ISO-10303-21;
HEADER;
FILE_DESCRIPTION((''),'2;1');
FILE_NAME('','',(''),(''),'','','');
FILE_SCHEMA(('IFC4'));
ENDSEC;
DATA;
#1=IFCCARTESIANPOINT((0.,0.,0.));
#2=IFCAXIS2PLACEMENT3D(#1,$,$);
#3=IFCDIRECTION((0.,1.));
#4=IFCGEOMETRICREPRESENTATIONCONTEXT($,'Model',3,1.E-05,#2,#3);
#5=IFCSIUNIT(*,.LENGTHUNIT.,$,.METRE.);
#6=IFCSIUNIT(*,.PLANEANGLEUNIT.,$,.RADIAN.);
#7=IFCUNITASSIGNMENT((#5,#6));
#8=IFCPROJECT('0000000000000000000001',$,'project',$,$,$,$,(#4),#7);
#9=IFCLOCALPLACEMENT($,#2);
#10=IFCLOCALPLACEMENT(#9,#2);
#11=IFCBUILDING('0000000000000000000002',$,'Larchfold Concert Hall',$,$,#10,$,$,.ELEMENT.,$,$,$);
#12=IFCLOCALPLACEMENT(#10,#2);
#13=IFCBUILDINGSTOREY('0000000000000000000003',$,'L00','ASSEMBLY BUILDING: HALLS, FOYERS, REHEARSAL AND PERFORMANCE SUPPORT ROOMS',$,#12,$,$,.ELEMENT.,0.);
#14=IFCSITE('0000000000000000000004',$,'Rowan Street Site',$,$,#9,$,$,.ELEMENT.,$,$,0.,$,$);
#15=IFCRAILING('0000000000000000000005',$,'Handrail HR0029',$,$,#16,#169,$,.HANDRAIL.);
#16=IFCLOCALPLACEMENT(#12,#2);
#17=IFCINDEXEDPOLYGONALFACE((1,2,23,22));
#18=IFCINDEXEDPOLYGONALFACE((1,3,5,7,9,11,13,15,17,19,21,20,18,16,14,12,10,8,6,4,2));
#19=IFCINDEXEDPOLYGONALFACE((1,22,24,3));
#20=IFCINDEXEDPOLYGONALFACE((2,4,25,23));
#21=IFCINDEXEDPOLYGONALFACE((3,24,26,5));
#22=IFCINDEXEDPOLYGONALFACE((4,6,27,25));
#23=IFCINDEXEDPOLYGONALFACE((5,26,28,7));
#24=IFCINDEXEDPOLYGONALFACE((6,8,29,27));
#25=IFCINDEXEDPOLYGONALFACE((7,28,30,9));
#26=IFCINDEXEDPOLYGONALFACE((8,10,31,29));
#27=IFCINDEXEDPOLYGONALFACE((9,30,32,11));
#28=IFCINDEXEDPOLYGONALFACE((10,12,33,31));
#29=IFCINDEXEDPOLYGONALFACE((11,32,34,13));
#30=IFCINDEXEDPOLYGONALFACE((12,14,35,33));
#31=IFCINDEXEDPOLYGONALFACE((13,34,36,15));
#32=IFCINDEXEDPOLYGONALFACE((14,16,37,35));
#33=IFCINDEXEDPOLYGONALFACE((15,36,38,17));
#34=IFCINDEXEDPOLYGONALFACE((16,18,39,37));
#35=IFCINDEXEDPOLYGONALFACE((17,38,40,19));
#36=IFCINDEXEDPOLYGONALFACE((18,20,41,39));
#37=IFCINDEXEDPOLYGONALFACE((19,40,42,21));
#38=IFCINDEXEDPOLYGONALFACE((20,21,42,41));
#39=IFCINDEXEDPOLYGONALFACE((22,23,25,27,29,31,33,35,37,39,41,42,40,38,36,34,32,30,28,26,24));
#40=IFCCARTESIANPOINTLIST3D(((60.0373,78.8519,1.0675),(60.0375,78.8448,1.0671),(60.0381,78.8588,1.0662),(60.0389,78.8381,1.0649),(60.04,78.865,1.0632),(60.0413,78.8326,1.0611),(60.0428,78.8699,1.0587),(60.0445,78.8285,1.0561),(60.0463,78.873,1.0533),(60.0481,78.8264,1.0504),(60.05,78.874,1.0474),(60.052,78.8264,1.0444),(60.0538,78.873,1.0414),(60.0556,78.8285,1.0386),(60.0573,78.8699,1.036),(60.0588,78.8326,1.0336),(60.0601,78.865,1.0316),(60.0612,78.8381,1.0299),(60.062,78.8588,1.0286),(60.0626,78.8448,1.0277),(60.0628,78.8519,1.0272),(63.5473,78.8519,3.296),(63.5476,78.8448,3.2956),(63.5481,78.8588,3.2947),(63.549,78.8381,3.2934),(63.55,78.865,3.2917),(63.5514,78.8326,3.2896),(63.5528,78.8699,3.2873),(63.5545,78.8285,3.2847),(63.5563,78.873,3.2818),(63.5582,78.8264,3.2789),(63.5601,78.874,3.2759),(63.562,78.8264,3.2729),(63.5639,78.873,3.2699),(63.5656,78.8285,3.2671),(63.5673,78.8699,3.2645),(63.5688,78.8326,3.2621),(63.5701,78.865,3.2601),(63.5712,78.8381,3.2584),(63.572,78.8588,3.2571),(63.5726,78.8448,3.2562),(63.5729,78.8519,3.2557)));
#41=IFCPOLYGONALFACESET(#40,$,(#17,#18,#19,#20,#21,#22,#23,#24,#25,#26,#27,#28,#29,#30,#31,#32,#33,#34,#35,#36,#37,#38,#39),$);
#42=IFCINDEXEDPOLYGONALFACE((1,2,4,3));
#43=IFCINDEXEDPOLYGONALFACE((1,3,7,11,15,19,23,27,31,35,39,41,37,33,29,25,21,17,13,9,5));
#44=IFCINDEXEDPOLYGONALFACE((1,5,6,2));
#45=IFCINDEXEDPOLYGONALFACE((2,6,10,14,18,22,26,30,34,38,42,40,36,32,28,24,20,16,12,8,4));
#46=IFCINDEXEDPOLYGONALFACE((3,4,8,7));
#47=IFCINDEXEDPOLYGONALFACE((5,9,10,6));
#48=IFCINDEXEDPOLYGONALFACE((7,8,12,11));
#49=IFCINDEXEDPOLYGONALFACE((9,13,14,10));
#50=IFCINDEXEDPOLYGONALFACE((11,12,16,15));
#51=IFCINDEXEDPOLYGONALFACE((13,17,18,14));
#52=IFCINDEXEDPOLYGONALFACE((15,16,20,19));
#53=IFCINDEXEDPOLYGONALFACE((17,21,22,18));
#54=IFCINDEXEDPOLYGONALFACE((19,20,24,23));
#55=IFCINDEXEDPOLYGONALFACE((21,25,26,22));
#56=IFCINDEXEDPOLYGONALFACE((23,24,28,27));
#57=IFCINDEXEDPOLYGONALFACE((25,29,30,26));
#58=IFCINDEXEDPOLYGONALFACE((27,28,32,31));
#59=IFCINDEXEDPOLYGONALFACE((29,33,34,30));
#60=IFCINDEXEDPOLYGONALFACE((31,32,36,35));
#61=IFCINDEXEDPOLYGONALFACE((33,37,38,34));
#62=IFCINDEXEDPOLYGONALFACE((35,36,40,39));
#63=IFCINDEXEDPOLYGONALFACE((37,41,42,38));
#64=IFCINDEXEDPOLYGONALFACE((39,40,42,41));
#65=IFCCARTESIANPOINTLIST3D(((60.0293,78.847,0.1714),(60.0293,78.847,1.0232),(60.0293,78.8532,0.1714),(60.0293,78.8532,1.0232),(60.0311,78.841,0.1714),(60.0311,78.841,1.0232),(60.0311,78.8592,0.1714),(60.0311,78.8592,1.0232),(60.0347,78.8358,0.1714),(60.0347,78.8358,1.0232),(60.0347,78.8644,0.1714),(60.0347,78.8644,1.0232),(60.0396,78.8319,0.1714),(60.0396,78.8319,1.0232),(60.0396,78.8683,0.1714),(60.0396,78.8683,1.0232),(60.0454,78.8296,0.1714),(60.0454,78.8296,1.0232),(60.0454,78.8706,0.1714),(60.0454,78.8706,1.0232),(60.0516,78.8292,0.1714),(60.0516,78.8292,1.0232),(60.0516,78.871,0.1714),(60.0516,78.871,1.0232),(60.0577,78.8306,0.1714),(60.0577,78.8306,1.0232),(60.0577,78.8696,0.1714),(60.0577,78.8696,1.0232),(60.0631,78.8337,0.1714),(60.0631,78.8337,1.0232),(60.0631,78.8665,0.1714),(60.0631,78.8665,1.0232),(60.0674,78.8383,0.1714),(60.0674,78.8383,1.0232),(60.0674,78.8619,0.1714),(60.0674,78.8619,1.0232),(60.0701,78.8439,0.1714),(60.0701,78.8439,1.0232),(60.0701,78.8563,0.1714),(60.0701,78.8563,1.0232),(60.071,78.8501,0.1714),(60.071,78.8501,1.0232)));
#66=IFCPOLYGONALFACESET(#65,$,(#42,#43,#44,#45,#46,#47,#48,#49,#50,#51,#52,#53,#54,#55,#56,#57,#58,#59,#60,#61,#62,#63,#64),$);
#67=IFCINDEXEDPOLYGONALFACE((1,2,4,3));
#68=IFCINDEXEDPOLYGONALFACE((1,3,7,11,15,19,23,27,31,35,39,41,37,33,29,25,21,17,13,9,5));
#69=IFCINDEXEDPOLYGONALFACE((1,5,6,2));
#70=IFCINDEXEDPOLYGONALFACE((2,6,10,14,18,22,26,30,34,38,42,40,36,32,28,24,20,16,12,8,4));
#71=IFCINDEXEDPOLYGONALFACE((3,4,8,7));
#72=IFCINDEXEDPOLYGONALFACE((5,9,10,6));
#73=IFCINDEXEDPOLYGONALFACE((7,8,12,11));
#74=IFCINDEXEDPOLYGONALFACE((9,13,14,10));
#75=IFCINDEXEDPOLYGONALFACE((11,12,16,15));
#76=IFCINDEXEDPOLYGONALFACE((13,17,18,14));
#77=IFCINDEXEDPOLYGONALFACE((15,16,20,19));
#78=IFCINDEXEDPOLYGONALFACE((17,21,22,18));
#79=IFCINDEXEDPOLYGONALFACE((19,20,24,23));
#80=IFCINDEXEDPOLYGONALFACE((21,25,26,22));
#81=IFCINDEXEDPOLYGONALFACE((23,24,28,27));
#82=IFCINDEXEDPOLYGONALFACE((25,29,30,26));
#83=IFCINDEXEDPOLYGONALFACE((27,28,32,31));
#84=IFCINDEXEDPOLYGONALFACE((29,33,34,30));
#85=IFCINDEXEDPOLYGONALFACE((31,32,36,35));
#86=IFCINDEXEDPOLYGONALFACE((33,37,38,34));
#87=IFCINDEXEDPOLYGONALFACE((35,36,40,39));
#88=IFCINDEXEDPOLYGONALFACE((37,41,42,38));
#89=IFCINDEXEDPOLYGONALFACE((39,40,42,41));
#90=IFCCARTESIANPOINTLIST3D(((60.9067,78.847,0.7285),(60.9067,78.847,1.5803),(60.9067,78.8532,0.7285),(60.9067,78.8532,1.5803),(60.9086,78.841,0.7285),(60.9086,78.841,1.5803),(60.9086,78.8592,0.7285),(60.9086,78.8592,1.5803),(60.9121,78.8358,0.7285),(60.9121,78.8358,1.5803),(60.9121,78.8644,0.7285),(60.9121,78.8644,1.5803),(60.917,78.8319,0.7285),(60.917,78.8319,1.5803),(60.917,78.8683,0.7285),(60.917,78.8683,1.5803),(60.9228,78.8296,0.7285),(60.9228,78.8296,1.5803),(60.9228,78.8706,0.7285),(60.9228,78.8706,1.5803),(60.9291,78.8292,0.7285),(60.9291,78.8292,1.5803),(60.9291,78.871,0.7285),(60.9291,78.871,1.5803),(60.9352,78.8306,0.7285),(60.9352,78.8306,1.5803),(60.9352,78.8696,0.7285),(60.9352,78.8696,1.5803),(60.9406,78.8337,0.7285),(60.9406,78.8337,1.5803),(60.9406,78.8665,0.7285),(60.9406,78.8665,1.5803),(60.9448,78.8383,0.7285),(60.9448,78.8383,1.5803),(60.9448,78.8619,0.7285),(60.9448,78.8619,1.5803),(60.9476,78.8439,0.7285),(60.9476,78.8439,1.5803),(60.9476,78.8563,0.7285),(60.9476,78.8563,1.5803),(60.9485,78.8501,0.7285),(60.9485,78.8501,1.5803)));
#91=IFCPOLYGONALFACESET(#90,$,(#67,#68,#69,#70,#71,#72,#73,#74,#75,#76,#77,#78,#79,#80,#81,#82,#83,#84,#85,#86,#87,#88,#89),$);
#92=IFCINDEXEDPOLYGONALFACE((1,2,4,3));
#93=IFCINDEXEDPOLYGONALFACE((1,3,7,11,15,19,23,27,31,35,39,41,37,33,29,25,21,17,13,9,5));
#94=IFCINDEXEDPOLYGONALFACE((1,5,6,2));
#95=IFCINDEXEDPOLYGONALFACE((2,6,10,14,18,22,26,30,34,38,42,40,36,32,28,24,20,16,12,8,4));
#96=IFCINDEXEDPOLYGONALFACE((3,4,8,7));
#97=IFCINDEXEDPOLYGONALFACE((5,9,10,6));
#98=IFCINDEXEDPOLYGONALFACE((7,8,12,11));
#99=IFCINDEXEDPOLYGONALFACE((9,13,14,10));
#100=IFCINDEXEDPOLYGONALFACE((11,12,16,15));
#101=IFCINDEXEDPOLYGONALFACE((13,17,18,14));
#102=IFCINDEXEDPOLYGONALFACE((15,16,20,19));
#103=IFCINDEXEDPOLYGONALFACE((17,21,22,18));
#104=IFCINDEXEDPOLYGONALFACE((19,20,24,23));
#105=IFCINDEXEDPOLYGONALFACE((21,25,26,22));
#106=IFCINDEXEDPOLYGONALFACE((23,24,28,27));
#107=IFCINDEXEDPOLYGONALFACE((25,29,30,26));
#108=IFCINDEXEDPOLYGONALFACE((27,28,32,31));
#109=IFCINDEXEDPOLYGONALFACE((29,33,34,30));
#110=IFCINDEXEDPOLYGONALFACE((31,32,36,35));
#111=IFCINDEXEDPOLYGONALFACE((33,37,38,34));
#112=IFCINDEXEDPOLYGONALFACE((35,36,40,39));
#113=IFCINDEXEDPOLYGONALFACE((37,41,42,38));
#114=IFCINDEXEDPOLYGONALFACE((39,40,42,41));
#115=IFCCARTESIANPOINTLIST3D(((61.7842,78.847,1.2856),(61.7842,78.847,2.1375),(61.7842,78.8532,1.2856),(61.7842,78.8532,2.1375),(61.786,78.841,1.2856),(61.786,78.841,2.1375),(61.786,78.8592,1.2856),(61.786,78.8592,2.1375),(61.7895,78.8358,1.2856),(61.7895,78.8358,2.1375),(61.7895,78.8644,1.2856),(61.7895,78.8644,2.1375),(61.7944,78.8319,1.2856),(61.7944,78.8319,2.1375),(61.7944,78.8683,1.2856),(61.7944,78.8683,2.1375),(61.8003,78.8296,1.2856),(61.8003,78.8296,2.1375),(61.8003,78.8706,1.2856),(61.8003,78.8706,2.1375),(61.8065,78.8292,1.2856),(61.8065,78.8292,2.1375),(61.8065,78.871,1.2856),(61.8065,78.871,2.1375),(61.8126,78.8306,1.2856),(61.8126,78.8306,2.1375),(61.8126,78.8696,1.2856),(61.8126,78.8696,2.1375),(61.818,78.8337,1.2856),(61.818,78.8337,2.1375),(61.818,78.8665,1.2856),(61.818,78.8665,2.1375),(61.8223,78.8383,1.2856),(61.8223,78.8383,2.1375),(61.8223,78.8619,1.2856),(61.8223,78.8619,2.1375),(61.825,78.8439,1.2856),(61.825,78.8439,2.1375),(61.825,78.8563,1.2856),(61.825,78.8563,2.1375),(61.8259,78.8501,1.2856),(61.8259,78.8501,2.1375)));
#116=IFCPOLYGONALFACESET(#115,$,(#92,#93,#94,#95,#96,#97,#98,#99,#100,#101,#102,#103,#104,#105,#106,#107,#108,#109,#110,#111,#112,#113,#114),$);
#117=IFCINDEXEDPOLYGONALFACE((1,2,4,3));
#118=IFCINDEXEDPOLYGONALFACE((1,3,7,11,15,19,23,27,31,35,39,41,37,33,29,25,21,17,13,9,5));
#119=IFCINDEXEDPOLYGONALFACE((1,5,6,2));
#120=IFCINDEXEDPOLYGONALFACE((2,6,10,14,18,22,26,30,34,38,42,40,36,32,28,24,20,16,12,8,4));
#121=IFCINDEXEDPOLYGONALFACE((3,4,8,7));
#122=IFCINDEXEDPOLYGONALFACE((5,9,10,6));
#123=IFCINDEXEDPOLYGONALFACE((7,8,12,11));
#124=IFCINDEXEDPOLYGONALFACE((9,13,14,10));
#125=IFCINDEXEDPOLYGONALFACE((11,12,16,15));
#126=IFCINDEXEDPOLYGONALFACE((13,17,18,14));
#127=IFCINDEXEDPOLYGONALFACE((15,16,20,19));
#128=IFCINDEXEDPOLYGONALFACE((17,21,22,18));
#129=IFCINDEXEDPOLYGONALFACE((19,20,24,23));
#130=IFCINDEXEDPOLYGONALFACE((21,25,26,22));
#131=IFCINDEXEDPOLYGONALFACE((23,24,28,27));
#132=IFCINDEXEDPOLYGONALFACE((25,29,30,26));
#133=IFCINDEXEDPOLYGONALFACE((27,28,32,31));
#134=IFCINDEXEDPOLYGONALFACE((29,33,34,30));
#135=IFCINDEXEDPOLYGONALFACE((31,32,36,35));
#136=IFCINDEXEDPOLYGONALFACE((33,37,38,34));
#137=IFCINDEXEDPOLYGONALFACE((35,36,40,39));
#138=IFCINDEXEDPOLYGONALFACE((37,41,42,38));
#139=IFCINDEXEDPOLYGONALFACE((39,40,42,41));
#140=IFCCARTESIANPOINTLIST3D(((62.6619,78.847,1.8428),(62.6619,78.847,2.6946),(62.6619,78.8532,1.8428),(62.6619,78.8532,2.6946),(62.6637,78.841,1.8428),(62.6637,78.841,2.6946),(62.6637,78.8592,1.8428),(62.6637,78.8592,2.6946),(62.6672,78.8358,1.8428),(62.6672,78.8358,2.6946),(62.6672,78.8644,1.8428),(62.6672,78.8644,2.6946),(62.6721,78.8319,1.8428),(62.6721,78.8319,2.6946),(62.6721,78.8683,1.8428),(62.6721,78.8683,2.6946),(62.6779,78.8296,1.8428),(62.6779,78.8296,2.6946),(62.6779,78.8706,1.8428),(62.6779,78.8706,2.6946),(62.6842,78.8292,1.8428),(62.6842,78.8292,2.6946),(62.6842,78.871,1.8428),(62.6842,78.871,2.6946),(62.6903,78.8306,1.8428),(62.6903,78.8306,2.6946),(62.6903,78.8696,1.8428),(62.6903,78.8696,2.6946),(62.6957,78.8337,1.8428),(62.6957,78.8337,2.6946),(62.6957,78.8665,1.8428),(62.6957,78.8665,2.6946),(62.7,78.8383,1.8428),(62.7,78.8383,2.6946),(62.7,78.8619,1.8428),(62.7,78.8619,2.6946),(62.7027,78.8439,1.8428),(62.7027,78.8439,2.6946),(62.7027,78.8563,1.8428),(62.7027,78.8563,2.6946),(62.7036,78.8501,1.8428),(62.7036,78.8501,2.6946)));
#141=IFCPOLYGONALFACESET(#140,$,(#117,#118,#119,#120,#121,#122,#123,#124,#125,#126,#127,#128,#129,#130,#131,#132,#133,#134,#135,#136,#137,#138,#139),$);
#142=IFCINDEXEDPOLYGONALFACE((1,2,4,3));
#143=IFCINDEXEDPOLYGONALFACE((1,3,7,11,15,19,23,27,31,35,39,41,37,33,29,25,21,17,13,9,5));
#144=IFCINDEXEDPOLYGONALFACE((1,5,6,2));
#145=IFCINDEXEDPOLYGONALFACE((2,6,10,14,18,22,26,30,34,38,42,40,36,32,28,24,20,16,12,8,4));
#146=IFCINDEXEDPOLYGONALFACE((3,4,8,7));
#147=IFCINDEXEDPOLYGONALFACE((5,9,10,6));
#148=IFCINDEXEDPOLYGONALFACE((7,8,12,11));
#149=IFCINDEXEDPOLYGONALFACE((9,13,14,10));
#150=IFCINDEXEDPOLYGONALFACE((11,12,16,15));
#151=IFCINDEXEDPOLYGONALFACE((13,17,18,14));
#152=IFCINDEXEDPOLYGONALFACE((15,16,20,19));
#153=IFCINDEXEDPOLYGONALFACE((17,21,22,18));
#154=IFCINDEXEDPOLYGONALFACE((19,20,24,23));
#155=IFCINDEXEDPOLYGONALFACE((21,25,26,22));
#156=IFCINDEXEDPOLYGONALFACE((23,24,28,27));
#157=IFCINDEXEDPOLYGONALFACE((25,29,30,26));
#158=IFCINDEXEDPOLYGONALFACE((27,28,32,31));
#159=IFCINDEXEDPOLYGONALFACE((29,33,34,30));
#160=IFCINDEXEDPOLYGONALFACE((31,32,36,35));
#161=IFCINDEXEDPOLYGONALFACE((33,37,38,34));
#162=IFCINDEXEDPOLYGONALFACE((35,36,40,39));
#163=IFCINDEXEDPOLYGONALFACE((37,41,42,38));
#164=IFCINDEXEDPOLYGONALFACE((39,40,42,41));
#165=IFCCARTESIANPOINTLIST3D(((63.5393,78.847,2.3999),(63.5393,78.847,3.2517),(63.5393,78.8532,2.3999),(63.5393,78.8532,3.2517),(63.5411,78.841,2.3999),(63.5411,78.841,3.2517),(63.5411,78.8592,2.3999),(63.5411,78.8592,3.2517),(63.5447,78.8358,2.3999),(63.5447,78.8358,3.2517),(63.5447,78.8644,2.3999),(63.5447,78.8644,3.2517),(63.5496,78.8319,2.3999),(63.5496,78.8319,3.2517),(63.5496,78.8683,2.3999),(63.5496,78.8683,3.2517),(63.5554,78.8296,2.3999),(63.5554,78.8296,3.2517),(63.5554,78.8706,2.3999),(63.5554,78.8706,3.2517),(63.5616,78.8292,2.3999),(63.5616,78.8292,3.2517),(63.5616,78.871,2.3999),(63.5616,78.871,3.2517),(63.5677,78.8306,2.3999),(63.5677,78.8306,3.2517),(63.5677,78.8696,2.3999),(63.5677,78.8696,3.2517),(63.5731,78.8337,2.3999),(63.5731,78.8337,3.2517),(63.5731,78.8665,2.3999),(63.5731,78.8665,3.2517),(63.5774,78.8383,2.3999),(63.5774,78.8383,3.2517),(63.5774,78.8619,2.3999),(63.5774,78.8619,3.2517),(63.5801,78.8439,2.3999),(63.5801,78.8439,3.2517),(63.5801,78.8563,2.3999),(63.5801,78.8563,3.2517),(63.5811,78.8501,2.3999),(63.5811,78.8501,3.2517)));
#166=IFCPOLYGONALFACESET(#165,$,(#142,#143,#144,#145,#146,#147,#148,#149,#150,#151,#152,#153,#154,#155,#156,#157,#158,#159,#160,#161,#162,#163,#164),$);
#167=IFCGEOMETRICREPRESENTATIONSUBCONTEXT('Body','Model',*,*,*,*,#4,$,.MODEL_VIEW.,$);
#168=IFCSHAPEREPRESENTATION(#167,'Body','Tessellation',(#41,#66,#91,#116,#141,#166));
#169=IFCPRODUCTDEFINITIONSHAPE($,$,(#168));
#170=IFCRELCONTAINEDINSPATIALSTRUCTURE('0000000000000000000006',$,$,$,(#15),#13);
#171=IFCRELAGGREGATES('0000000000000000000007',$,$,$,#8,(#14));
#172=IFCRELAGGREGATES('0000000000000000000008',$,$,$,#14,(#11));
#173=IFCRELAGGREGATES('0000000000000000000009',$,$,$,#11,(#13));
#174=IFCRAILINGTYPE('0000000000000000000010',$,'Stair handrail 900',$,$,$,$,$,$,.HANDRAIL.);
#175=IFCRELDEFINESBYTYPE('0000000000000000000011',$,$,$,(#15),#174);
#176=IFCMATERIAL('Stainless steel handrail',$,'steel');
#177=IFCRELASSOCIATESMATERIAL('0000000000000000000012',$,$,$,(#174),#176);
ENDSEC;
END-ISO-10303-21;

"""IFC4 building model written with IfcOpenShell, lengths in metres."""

from ifc_helpers import new_model, si_unit, direction, frame, origin, origin_2d, place, context, subcontext, project, spatial, circle, extrude, material, type_object, element, save


model = new_model("IFC4")

# Units and contexts
model_context = context("Model", 3, precision=1e-05, world=origin(), true_north=direction((0.0, 1.0)))
body_context = subcontext(model_context, "Body", "Model", "MODEL_VIEW")
ifc_project = project(units=[si_unit("LENGTHUNIT", "METRE"), si_unit("PLANEANGLEUNIT", "RADIAN")], contexts=[model_context])

# Site, building, storey
site_placement = place(None, origin())
site = spatial("IfcSite", under=ifc_project, at=site_placement, Name="Rowan Street Site", CompositionType="ELEMENT", RefElevation=0.0)
building_placement = place(site_placement, origin())
building = spatial("IfcBuilding", under=site, at=building_placement, Name="Larchfold Concert Hall", CompositionType="ELEMENT")
storey_placement = place(building_placement, origin())
storey = spatial("IfcBuildingStorey", under=building, at=storey_placement, Name="L00", Description="ASSEMBLY BUILDING: HALLS, FOYERS, REHEARSAL AND PERFORMANCE SUPPORT ROOMS", CompositionType="ELEMENT", Elevation=0.0)

# Railing
ifc_material_1 = material(Name="Stainless steel handrail", Category="steel")
railing_type_1 = type_object("IfcRailingType", Name="Stair handrail 900", PredefinedType="HANDRAIL", material=ifc_material_1)
for number, where, name in (
    (1, (60.05, 78.8501, 0.1714), "Handrail HR0029"),
):
    element("IfcRailing", number, at=place(storey_placement, frame(where)), inside=storey, type_object=railing_type_1, Name=name, PredefinedType="HANDRAIL", context=body_context, shape_type="SweptSolid", body=[
        extrude(circle(Radius=0.0239, at=origin_2d()), frame((0.0, 0.0, 0.876), z_axis=(0.84422, 0.0, 0.535998), x_axis=(0.0, 1.0, 0.0)), (0.0, 0.0, 1.0), 4.1577),
        extrude(circle(Radius=0.021, at=origin_2d()), origin(), (0.0, 0.0, 1.0), 0.8518),
        extrude(circle(Radius=0.021, at=origin_2d()), frame((0.8774, 0.0, 0.5571)), (0.0, 0.0, 1.0), 0.8518),
        extrude(circle(Radius=0.021, at=origin_2d()), frame((1.7549, 0.0, 1.1143)), (0.0, 0.0, 1.0), 0.8518),
        extrude(circle(Radius=0.021, at=origin_2d()), frame((2.6326, 0.0, 1.6714)), (0.0, 0.0, 1.0), 0.8518),
        extrude(circle(Radius=0.021, at=origin_2d()), frame((3.51, 0.0, 2.2285)), (0.0, 0.0, 1.0), 0.8518),
    ])

save(model, "model.ifc")
